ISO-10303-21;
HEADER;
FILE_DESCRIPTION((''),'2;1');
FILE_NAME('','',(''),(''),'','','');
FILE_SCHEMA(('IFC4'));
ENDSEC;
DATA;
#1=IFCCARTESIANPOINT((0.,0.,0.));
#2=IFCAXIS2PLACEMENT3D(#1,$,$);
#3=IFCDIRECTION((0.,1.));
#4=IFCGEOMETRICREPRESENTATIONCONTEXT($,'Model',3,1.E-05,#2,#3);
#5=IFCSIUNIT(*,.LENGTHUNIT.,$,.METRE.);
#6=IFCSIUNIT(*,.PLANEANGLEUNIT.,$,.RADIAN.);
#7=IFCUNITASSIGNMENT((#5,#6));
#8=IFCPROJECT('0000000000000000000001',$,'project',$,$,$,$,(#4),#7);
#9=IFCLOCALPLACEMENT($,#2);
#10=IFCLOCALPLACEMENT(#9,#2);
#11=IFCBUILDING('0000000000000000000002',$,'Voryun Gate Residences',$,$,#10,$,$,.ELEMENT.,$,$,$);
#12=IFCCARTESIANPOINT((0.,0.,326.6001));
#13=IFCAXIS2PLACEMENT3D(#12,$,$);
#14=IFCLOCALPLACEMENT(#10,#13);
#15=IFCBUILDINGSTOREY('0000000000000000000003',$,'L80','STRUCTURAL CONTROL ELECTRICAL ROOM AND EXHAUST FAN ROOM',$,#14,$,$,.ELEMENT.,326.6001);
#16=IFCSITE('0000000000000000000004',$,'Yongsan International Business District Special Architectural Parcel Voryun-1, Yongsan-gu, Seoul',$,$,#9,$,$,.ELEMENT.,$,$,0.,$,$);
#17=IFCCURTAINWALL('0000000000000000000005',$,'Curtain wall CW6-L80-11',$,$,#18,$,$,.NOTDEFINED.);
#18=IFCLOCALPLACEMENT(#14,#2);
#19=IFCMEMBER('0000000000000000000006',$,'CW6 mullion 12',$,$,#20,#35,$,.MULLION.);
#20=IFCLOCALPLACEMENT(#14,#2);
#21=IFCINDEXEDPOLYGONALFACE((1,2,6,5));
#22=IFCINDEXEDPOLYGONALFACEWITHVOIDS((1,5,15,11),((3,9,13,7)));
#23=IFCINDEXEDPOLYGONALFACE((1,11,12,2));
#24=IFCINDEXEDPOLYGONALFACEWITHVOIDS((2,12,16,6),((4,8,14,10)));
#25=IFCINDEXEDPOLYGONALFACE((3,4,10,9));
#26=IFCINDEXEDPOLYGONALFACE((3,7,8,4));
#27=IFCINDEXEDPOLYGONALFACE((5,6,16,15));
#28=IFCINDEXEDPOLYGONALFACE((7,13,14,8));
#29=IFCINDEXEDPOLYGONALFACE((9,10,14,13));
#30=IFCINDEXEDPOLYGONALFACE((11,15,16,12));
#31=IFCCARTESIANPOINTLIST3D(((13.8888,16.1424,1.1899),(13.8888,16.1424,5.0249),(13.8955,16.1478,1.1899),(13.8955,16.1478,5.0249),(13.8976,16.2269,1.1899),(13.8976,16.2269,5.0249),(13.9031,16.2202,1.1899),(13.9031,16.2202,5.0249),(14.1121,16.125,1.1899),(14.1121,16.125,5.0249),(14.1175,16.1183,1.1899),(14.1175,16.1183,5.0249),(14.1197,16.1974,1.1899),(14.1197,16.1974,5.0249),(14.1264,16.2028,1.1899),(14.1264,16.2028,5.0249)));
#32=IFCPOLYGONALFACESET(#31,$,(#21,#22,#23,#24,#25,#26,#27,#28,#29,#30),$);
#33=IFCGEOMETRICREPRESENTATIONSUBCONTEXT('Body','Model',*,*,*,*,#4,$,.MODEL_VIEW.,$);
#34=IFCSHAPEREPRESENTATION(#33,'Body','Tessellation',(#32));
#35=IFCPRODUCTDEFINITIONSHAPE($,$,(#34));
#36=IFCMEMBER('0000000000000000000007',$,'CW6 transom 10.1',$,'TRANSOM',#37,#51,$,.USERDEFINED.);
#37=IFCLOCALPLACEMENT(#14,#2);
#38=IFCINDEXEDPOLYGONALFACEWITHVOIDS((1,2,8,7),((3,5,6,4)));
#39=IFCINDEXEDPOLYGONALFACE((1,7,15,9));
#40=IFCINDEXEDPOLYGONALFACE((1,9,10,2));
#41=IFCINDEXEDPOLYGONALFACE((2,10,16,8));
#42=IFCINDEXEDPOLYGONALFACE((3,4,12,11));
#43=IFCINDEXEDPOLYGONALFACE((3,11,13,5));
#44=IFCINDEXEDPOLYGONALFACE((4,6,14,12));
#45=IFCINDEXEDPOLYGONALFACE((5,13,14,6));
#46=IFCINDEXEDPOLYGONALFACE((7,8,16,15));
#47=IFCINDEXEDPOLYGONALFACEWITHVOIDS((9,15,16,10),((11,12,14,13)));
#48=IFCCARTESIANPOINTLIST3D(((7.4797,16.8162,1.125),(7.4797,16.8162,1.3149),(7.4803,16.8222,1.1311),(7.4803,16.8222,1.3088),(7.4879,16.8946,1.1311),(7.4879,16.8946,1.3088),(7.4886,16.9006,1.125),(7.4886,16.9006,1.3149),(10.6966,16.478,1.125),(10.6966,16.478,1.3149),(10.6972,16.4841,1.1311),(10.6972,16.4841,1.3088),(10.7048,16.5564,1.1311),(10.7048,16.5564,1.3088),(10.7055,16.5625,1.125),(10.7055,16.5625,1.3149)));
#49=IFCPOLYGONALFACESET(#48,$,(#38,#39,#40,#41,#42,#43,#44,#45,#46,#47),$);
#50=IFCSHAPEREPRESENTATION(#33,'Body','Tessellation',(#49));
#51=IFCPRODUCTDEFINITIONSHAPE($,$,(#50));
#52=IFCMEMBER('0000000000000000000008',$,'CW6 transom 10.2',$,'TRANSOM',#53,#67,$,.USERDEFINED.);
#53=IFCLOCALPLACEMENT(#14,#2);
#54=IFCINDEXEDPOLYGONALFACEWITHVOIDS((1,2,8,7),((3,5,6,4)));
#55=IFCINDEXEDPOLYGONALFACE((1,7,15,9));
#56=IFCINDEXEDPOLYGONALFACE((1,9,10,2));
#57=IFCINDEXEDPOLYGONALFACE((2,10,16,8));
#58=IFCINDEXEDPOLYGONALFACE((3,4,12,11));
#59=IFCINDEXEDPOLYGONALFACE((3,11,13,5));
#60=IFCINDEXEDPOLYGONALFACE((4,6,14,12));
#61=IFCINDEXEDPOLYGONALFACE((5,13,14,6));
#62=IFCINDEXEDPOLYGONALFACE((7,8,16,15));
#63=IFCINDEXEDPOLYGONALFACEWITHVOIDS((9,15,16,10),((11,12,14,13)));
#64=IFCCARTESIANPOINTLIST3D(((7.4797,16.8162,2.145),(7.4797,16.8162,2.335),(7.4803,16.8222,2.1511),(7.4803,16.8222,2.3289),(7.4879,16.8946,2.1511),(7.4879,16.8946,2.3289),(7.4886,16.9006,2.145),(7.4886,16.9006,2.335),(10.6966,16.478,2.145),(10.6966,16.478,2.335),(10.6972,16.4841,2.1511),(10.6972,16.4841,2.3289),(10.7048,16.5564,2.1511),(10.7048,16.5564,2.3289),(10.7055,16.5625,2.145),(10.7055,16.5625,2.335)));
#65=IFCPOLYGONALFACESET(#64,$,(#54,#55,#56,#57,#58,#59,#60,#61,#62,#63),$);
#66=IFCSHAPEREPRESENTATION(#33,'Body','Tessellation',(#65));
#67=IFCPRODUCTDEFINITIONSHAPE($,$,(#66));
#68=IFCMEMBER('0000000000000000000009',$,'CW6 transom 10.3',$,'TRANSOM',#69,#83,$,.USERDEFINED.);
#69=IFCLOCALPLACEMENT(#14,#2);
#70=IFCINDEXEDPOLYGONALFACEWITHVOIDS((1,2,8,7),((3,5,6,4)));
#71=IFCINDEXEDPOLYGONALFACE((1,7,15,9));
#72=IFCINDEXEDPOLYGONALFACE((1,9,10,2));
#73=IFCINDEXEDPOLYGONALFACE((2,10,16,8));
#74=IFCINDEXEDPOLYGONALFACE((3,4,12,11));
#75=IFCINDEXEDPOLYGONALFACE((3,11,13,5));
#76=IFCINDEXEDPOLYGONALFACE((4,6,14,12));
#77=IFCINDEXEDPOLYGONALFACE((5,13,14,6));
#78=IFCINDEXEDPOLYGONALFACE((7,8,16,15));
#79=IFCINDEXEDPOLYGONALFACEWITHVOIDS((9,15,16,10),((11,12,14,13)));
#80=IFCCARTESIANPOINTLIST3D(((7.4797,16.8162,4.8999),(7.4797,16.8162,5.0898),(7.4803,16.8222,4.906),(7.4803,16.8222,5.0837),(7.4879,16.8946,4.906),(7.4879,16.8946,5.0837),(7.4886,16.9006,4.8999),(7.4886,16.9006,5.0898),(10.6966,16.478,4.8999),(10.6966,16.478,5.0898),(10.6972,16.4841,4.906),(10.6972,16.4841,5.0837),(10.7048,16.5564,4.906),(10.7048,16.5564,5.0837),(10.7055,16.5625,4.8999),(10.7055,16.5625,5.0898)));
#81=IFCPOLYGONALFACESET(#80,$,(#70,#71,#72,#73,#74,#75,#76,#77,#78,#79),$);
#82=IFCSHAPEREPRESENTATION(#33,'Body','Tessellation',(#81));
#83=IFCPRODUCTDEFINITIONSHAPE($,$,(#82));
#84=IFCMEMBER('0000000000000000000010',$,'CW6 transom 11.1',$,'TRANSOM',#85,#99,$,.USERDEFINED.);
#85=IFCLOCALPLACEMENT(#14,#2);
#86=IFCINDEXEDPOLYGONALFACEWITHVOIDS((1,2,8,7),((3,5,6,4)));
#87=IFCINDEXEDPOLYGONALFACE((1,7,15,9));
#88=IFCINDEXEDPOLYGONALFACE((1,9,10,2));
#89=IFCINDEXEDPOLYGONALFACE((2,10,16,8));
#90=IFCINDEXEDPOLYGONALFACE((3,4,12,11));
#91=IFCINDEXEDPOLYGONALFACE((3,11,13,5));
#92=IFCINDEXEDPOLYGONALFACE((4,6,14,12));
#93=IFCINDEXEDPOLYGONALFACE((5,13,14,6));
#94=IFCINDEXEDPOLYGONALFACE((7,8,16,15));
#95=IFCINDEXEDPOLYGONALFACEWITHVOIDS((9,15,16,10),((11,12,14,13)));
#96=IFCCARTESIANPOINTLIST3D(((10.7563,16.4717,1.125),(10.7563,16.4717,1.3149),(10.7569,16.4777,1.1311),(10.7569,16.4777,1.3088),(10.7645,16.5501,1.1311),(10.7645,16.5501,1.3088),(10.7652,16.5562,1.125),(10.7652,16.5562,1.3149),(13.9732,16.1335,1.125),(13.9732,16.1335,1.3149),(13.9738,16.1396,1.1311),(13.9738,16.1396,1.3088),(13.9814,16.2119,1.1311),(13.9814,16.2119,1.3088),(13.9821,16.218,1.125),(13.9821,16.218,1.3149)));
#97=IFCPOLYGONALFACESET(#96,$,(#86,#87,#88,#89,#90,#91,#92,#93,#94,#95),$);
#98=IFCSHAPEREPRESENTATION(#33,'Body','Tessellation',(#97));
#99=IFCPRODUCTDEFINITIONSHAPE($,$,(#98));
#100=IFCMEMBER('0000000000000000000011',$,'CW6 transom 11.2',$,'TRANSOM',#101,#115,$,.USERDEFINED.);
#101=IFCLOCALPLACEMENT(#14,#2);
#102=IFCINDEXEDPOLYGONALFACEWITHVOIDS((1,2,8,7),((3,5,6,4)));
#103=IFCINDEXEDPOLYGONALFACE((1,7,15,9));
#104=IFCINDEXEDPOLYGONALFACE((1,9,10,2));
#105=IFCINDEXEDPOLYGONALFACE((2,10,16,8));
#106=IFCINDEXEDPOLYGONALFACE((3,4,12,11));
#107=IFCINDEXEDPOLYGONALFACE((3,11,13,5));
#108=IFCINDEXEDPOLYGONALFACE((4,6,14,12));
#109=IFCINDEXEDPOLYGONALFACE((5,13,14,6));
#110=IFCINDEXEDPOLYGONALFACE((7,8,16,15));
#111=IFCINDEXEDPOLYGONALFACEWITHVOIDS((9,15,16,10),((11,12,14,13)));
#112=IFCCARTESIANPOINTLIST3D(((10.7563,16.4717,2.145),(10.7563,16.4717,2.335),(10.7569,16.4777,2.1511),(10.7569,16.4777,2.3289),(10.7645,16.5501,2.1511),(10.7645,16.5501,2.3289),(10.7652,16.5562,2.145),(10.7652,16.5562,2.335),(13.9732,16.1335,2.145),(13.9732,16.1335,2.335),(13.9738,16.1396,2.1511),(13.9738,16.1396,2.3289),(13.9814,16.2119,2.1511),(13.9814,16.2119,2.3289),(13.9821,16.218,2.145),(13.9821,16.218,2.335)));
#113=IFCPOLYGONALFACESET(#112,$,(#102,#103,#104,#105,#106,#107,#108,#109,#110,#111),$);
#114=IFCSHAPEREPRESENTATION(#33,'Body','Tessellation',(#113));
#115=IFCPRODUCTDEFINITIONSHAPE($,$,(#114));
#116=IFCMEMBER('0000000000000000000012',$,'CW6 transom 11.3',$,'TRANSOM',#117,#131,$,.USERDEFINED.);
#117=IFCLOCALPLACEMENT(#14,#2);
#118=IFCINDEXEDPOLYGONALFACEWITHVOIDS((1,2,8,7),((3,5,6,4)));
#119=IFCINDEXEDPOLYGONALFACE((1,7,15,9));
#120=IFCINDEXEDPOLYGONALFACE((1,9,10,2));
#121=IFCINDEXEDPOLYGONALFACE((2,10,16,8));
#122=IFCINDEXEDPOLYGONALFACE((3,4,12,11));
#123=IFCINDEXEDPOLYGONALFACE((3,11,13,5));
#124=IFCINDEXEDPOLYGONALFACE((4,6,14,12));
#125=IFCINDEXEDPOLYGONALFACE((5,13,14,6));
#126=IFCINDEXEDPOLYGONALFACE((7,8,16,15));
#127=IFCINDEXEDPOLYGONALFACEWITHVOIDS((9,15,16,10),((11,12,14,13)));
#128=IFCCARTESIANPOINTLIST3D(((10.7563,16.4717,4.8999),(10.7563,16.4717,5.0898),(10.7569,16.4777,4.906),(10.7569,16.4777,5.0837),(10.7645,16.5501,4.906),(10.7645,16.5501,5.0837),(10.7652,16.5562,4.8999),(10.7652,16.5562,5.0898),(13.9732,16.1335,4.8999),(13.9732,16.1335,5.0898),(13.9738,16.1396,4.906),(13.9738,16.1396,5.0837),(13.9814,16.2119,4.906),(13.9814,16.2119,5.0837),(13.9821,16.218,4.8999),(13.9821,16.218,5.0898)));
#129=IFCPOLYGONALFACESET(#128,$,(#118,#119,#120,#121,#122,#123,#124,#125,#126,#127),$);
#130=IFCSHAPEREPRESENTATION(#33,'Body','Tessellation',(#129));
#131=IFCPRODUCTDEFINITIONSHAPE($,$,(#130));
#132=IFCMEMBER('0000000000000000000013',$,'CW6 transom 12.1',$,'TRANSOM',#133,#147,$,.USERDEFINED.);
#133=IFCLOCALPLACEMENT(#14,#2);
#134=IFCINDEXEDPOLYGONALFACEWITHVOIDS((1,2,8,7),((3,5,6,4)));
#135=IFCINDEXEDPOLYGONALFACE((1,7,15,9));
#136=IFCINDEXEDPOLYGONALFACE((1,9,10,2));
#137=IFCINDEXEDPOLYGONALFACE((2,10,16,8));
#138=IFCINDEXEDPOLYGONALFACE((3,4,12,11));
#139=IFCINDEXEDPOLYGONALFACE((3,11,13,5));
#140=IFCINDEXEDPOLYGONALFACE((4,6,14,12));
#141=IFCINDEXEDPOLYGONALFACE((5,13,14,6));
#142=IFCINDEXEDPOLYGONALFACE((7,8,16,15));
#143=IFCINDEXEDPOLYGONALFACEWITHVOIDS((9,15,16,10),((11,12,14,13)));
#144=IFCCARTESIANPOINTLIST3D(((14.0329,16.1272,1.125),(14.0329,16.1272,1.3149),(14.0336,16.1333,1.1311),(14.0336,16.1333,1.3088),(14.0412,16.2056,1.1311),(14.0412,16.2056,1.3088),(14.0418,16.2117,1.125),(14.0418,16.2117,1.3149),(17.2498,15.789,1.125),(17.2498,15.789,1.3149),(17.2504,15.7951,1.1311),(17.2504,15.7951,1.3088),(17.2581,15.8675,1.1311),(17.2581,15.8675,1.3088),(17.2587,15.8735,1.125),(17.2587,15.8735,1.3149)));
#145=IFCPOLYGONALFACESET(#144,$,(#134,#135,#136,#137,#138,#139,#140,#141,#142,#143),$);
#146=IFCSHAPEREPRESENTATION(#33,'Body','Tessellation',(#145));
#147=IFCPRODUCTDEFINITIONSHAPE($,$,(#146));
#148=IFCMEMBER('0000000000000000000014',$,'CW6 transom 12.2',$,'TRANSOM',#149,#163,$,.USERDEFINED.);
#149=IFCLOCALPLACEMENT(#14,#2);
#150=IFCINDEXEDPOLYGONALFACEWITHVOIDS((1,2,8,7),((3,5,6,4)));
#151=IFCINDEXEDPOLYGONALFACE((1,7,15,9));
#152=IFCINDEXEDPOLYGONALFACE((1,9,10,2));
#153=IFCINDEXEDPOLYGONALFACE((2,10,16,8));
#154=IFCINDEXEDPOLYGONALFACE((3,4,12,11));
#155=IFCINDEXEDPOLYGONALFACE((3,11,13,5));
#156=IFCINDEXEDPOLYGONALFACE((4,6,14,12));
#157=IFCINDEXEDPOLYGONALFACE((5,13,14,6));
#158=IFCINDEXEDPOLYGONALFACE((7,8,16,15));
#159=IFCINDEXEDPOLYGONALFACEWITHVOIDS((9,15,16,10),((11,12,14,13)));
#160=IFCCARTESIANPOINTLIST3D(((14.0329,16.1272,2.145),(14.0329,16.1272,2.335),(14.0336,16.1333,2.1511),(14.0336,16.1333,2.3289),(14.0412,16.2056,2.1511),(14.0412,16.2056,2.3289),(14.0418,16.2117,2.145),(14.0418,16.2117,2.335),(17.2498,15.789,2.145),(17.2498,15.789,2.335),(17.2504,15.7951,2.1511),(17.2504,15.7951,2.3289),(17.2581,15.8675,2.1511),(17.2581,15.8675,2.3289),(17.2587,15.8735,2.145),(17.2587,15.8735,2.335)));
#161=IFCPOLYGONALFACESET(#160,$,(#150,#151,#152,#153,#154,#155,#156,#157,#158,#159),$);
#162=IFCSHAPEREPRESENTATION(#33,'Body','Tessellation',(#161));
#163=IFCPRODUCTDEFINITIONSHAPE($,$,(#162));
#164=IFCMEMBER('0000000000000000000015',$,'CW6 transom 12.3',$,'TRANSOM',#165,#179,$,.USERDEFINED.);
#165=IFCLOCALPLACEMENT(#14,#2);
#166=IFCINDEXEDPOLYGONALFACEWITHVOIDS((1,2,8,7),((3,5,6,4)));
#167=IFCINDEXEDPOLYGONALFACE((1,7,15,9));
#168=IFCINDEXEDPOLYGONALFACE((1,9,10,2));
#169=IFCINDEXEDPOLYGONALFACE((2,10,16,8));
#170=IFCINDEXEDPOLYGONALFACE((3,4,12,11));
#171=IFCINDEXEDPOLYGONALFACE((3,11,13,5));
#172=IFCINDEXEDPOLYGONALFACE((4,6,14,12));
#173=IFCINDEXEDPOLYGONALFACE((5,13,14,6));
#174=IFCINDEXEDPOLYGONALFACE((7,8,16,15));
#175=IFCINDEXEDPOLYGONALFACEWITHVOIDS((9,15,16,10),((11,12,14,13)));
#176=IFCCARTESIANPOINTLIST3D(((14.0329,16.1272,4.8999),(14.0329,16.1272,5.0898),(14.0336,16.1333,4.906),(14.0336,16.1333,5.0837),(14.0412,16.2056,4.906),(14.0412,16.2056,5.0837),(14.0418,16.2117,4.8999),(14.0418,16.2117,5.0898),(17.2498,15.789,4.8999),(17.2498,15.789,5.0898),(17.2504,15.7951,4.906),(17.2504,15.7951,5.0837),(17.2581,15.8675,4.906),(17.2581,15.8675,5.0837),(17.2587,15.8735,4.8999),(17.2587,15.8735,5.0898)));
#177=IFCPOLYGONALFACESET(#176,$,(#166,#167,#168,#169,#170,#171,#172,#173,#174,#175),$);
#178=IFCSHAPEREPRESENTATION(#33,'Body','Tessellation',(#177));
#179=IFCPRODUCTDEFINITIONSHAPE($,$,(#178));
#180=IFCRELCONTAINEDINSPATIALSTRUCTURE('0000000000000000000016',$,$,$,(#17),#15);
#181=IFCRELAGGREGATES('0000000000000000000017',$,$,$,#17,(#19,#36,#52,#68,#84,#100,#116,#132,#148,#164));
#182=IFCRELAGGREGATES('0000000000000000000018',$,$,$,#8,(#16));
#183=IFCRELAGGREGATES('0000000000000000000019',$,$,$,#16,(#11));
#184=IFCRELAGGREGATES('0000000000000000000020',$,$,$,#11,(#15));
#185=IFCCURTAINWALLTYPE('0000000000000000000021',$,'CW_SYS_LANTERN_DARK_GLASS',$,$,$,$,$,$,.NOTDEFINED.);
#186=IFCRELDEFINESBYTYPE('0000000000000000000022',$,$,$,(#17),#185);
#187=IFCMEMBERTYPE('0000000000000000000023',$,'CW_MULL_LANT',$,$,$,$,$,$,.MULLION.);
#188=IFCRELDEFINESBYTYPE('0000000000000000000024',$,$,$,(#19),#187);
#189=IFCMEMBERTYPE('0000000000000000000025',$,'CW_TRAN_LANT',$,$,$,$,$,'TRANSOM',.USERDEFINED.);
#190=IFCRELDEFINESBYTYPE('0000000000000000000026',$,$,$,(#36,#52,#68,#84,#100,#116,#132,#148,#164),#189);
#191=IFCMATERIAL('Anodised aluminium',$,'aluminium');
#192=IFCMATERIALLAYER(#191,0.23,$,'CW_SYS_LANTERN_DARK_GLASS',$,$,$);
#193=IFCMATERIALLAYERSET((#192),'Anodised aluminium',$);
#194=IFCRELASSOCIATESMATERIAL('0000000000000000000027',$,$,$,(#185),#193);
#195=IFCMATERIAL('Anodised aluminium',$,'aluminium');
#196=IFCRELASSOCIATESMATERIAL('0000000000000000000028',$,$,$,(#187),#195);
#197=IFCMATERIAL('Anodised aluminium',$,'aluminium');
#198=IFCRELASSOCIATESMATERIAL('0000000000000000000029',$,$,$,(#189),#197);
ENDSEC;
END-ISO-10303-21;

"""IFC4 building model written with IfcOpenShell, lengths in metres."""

from ifc_helpers import new_model, si_unit, direction, frame, origin, origin_2d, place, context, subcontext, project, spatial, hollow_rectangle, extrude, material, layer, layer_set, material_profile, profile_set, type_object, element, aggregate, save


model = new_model("IFC4")

# Units and contexts
model_context = context("Model", 3, precision=1e-05, world=origin(), true_north=direction((0.0, 1.0)))
body_context = subcontext(model_context, "Body", "Model", "MODEL_VIEW")
ifc_project = project(units=[si_unit("LENGTHUNIT", "METRE"), si_unit("PLANEANGLEUNIT", "RADIAN")], contexts=[model_context])

# Site, building, storey
site_placement = place(None, origin())
site = spatial("IfcSite", under=ifc_project, at=site_placement, Name="Yongsan International Business District Special Architectural Parcel Voryun-1, Yongsan-gu, Seoul", CompositionType="ELEMENT", RefElevation=0.0)
building_placement = place(site_placement, origin())
building = spatial("IfcBuilding", under=site, at=building_placement, Name="Voryun Gate Residences", CompositionType="ELEMENT")
storey_placement = place(building_placement, frame((0.0, 0.0, 326.6001)))
storey = spatial("IfcBuildingStorey", under=building, at=storey_placement, Name="L80", Description="STRUCTURAL CONTROL ELECTRICAL ROOM AND EXHAUST FAN ROOM", CompositionType="ELEMENT", Elevation=326.6001)

# Curtain wall, members
ifc_material_1 = material(Name="Anodised aluminium", Category="aluminium")
ifc_layer_1 = layer(ifc_material_1, 0.23, Name="CW_SYS_LANTERN_DARK_GLASS")
ifc_layer_set_1 = layer_set([ifc_layer_1], Name="Anodised aluminium")
curtain_wall_type = type_object("IfcCurtainWallType", Name="CW_SYS_LANTERN_DARK_GLASS", PredefinedType="NOTDEFINED", material=ifc_layer_set_1)
curtain_wall_placement = place(storey_placement, origin())
curtain_wall = element("IfcCurtainWall", 1, at=curtain_wall_placement, inside=storey, type_object=curtain_wall_type, Name="Curtain wall CW6-L80-11", PredefinedType="NOTDEFINED")
ifc_material_2 = material(Name="Anodised aluminium", Category="aluminium")
ifc_material_profile_1 = material_profile(ifc_material_2, hollow_rectangle(XDim=0.085, YDim=0.23, WallThickness=0.0061, at=origin_2d()), Name="ALU-MULL-230x85x6")
ifc_profile_set_1 = profile_set([ifc_material_profile_1], Name="Anodised aluminium")
member_type_1 = type_object("IfcMemberType", Name="CW_MULL_LANT", PredefinedType="MULLION", material=ifc_profile_set_1)
member_1_placement = place(storey_placement, frame((14.0076, 16.1726, 1.1899), z_axis=(0.0, 0.0, 1.0), x_axis=(0.104528, 0.994522, 0.0)))
member_1 = element("IfcMember", 2, at=member_1_placement, type_object=member_type_1, Name="CW6 mullion 12", PredefinedType="MULLION", context=body_context, shape_type="SweptSolid", body=[
    extrude(hollow_rectangle(XDim=0.085, YDim=0.23, WallThickness=0.0061, at=origin_2d()), origin(), (0.0, 0.0, 1.0), 3.835),
])
ifc_material_3 = material(Name="Anodised aluminium", Category="aluminium")
ifc_material_profile_2 = material_profile(ifc_material_3, hollow_rectangle(XDim=0.085, YDim=0.1899, WallThickness=0.0061, at=origin_2d()), Name="ALU-TRAN-190x85x6")
ifc_profile_set_2 = profile_set([ifc_material_profile_2], Name="Anodised aluminium")
member_type_2 = type_object("IfcMemberType", Name="CW_TRAN_LANT", ElementType="TRANSOM", PredefinedType="USERDEFINED", material=ifc_profile_set_2)
member_2_placement = place(storey_placement, frame((7.4841, 16.8584, 1.22), z_axis=(0.994521, -0.104539, 0.0), x_axis=(0.104539, 0.994521, 0.0)))
member_2 = element("IfcMember", 3, at=member_2_placement, type_object=member_type_2, Name="CW6 transom 10.1", ObjectType="TRANSOM", PredefinedType="USERDEFINED", context=body_context, shape_type="SweptSolid", body=[
    extrude(hollow_rectangle(XDim=0.085, YDim=0.1899, WallThickness=0.0061, at=origin_2d()), origin(), (0.0, 0.0, 1.0), 3.2346),
])
member_3_placement = place(storey_placement, frame((7.4841, 16.8584, 2.24), z_axis=(0.994521, -0.104539, 0.0), x_axis=(0.104539, 0.994521, 0.0)))
member_3 = element("IfcMember", 4, at=member_3_placement, type_object=member_type_2, Name="CW6 transom 10.2", ObjectType="TRANSOM", PredefinedType="USERDEFINED", context=body_context, shape_type="SweptSolid", body=[
    extrude(hollow_rectangle(XDim=0.085, YDim=0.1899, WallThickness=0.0061, at=origin_2d()), origin(), (0.0, 0.0, 1.0), 3.2346),
])
member_4_placement = place(storey_placement, frame((7.4841, 16.8584, 4.9949), z_axis=(0.994521, -0.104539, 0.0), x_axis=(0.104539, 0.994521, 0.0)))
member_4 = element("IfcMember", 5, at=member_4_placement, type_object=member_type_2, Name="CW6 transom 10.3", ObjectType="TRANSOM", PredefinedType="USERDEFINED", context=body_context, shape_type="SweptSolid", body=[
    extrude(hollow_rectangle(XDim=0.085, YDim=0.1899, WallThickness=0.0061, at=origin_2d()), origin(), (0.0, 0.0, 1.0), 3.2346),
])
member_5_placement = place(storey_placement, frame((10.7607, 16.5139, 1.22), z_axis=(0.994521, -0.104539, 0.0), x_axis=(0.104539, 0.994521, 0.0)))
member_5 = element("IfcMember", 6, at=member_5_placement, type_object=member_type_2, Name="CW6 transom 11.1", ObjectType="TRANSOM", PredefinedType="USERDEFINED", context=body_context, shape_type="SweptSolid", body=[
    extrude(hollow_rectangle(XDim=0.085, YDim=0.1899, WallThickness=0.0061, at=origin_2d()), origin(), (0.0, 0.0, 1.0), 3.2346),
])
member_6_placement = place(storey_placement, frame((10.7607, 16.5139, 2.24), z_axis=(0.994521, -0.104539, 0.0), x_axis=(0.104539, 0.994521, 0.0)))
member_6 = element("IfcMember", 7, at=member_6_placement, type_object=member_type_2, Name="CW6 transom 11.2", ObjectType="TRANSOM", PredefinedType="USERDEFINED", context=body_context, shape_type="SweptSolid", body=[
    extrude(hollow_rectangle(XDim=0.085, YDim=0.1899, WallThickness=0.0061, at=origin_2d()), origin(), (0.0, 0.0, 1.0), 3.2346),
])
member_7_placement = place(storey_placement, frame((10.7607, 16.5139, 4.9949), z_axis=(0.994521, -0.104539, 0.0), x_axis=(0.104539, 0.994521, 0.0)))
member_7 = element("IfcMember", 8, at=member_7_placement, type_object=member_type_2, Name="CW6 transom 11.3", ObjectType="TRANSOM", PredefinedType="USERDEFINED", context=body_context, shape_type="SweptSolid", body=[
    extrude(hollow_rectangle(XDim=0.085, YDim=0.1899, WallThickness=0.0061, at=origin_2d()), origin(), (0.0, 0.0, 1.0), 3.2346),
])
member_8_placement = place(storey_placement, frame((14.0374, 16.1694, 1.22), z_axis=(0.994521, -0.104539, 0.0), x_axis=(0.104539, 0.994521, 0.0)))
member_8 = element("IfcMember", 9, at=member_8_placement, type_object=member_type_2, Name="CW6 transom 12.1", ObjectType="TRANSOM", PredefinedType="USERDEFINED", context=body_context, shape_type="SweptSolid", body=[
    extrude(hollow_rectangle(XDim=0.085, YDim=0.1899, WallThickness=0.0061, at=origin_2d()), origin(), (0.0, 0.0, 1.0), 3.2346),
])
member_9_placement = place(storey_placement, frame((14.0374, 16.1694, 2.24), z_axis=(0.994521, -0.104539, 0.0), x_axis=(0.104539, 0.994521, 0.0)))
member_9 = element("IfcMember", 10, at=member_9_placement, type_object=member_type_2, Name="CW6 transom 12.2", ObjectType="TRANSOM", PredefinedType="USERDEFINED", context=body_context, shape_type="SweptSolid", body=[
    extrude(hollow_rectangle(XDim=0.085, YDim=0.1899, WallThickness=0.0061, at=origin_2d()), origin(), (0.0, 0.0, 1.0), 3.2346),
])
member_10_placement = place(storey_placement, frame((14.0374, 16.1694, 4.9949), z_axis=(0.994521, -0.104539, 0.0), x_axis=(0.104539, 0.994521, 0.0)))
member_10 = element("IfcMember", 11, at=member_10_placement, type_object=member_type_2, Name="CW6 transom 12.3", ObjectType="TRANSOM", PredefinedType="USERDEFINED", context=body_context, shape_type="SweptSolid", body=[
    extrude(hollow_rectangle(XDim=0.085, YDim=0.1899, WallThickness=0.0061, at=origin_2d()), origin(), (0.0, 0.0, 1.0), 3.2346),
])

aggregate(curtain_wall, [member_1, member_2, member_3, member_4, member_5, member_6, member_7, member_8, member_9, member_10])

save(model, "model.ifc")
